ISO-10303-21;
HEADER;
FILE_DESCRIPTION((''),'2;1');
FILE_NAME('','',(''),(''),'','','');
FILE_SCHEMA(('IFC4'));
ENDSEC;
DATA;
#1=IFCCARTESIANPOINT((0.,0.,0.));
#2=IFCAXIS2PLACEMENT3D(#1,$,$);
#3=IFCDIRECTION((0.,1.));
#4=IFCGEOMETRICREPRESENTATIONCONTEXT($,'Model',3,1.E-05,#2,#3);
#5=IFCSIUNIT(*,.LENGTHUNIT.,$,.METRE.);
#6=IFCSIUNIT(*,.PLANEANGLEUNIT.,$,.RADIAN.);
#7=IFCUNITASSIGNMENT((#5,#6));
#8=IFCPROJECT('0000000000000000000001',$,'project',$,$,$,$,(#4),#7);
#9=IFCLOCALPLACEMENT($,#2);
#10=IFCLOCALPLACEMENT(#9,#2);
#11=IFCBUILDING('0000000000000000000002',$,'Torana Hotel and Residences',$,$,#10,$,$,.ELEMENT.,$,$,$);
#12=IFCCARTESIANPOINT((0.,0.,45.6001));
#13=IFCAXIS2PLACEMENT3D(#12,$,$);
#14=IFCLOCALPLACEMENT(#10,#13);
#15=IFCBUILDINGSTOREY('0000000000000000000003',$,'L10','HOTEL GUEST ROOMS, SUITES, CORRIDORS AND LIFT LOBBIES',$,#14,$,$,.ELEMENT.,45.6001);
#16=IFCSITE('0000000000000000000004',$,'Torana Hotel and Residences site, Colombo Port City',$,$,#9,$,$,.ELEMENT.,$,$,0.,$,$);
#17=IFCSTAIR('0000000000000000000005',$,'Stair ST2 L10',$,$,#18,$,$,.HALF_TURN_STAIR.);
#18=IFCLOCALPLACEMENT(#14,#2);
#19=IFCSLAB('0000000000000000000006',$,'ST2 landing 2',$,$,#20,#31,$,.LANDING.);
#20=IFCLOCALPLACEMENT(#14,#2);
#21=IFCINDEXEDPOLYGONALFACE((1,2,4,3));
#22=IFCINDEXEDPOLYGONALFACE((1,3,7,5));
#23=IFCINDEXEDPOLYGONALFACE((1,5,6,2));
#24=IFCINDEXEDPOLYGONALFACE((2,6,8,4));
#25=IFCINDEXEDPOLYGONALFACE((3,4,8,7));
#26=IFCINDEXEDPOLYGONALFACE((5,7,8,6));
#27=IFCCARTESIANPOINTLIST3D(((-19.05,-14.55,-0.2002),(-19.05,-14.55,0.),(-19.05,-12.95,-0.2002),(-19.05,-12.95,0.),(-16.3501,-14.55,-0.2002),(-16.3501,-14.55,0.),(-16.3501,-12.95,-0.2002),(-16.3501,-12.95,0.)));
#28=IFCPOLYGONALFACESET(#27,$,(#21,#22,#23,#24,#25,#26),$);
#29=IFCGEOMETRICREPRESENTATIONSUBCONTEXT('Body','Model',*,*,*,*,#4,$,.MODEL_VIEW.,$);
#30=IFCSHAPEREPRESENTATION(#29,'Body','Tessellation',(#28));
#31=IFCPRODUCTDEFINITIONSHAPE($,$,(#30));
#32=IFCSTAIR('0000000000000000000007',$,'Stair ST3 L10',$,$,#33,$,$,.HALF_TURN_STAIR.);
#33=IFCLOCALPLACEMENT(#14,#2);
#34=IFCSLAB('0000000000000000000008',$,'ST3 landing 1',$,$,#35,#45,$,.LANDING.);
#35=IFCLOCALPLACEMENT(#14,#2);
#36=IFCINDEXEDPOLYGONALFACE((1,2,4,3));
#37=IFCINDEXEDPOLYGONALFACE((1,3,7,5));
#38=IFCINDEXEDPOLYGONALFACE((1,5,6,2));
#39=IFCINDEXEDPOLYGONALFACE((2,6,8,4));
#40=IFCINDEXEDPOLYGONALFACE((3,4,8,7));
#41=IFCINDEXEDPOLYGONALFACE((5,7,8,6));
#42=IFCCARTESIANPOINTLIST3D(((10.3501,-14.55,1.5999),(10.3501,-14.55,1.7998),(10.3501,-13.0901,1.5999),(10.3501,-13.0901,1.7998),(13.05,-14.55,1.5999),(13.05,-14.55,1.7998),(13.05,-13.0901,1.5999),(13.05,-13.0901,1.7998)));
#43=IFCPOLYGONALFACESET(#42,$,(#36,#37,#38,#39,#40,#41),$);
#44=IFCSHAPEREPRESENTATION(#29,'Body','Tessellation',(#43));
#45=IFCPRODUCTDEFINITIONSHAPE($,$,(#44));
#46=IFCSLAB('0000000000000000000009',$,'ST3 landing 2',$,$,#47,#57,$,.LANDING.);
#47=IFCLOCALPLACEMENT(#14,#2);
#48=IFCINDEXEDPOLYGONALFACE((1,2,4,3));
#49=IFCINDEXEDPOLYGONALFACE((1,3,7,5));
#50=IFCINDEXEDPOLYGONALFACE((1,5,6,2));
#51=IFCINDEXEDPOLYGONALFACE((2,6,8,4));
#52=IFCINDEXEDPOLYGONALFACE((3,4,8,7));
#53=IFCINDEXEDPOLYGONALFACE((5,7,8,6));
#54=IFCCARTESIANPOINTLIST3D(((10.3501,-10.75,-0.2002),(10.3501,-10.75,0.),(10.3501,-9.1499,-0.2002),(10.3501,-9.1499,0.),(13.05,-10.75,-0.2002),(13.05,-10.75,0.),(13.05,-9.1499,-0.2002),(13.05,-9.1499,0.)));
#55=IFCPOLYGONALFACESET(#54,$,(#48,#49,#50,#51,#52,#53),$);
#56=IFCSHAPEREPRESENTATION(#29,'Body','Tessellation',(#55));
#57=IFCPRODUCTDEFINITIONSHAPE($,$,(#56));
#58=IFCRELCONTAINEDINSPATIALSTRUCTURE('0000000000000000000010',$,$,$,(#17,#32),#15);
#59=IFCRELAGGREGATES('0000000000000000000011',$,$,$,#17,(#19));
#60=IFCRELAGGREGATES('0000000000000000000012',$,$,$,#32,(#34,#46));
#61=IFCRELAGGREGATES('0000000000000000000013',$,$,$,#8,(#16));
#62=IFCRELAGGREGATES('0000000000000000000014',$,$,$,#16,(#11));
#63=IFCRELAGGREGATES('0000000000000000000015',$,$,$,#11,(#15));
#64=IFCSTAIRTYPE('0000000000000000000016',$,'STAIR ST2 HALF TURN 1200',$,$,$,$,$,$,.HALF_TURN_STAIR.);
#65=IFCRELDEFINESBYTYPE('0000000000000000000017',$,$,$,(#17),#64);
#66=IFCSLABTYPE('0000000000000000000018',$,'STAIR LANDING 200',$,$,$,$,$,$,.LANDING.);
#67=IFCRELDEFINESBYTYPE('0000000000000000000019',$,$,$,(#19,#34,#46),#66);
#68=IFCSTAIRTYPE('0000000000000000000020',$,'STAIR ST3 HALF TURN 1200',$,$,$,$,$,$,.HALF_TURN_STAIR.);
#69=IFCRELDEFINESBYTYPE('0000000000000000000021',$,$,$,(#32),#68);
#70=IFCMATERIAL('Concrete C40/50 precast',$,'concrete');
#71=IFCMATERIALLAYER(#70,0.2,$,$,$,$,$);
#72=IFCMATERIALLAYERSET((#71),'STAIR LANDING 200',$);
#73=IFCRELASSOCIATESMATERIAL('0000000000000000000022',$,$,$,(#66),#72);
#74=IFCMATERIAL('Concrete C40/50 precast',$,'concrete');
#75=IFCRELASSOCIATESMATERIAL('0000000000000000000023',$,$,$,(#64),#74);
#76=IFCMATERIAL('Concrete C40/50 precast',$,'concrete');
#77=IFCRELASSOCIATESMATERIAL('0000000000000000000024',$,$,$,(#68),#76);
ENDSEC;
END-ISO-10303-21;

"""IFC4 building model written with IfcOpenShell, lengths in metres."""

from ifc_helpers import new_model, si_unit, direction, frame, origin, place, context, subcontext, project, spatial, polyline, outline, extrude, material, layer, layer_set, type_object, element, aggregate, save


model = new_model("IFC4")

# Units and contexts
model_context = context("Model", 3, precision=1e-05, world=origin(), true_north=direction((0.0, 1.0)))
body_context = subcontext(model_context, "Body", "Model", "MODEL_VIEW")
ifc_project = project(units=[si_unit("LENGTHUNIT", "METRE"), si_unit("PLANEANGLEUNIT", "RADIAN")], contexts=[model_context])

# Site, building, storey
site_placement = place(None, origin())
site = spatial("IfcSite", under=ifc_project, at=site_placement, Name="Torana Hotel and Residences site, Colombo Port City", CompositionType="ELEMENT", RefElevation=0.0)
building_placement = place(site_placement, origin())
building = spatial("IfcBuilding", under=site, at=building_placement, Name="Torana Hotel and Residences", CompositionType="ELEMENT")
storey_placement = place(building_placement, frame((0.0, 0.0, 45.6001)))
storey = spatial("IfcBuildingStorey", under=building, at=storey_placement, Name="L10", Description="HOTEL GUEST ROOMS, SUITES, CORRIDORS AND LIFT LOBBIES", CompositionType="ELEMENT", Elevation=45.6001)

# Stairs, slabs
ifc_material_1 = material(Name="Concrete C40/50 precast", Category="concrete")
ifc_layer_1 = layer(ifc_material_1, 0.2)
ifc_layer_set_1 = layer_set([ifc_layer_1], Name="STAIR LANDING 200")
slab_type_1 = type_object("IfcSlabType", Name="STAIR LANDING 200", PredefinedType="LANDING", material=ifc_layer_set_1)
ifc_material_2 = material(Name="Concrete C40/50 precast", Category="concrete")
stair_type_1 = type_object("IfcStairType", Name="STAIR ST2 HALF TURN 1200", PredefinedType="HALF_TURN_STAIR", material=ifc_material_2)
stair_1_placement = place(storey_placement, origin())
stair_1 = element("IfcStair", 1, at=stair_1_placement, inside=storey, type_object=stair_type_1, Name="Stair ST2 L10", PredefinedType="HALF_TURN_STAIR")
slab_1_placement = place(storey_placement, frame((0.0, 0.0, -0.2002)))
slab_1 = element("IfcSlab", 2, at=slab_1_placement, type_object=slab_type_1, Name="ST2 landing 2", PredefinedType="LANDING", context=body_context, shape_type="SweptSolid", body=[
    extrude(outline(polyline([(-19.05, -14.55), (-16.3501, -14.55), (-16.3501, -12.95), (-19.05, -12.95), (-19.05, -14.55)])), origin(), (0.0, 0.0, 1.0), 0.2002),
])
aggregate(stair_1, [slab_1])
ifc_material_3 = material(Name="Concrete C40/50 precast", Category="concrete")
stair_type_2 = type_object("IfcStairType", Name="STAIR ST3 HALF TURN 1200", PredefinedType="HALF_TURN_STAIR", material=ifc_material_3)
stair_2_placement = place(storey_placement, origin())
stair_2 = element("IfcStair", 3, at=stair_2_placement, inside=storey, type_object=stair_type_2, Name="Stair ST3 L10", PredefinedType="HALF_TURN_STAIR")
slab_2_placement = place(storey_placement, frame((0.0, 0.0, 1.5999)))
slab_2 = element("IfcSlab", 4, at=slab_2_placement, type_object=slab_type_1, Name="ST3 landing 1", PredefinedType="LANDING", context=body_context, shape_type="SweptSolid", body=[
    extrude(outline(polyline([(10.3501, -14.55), (13.05, -14.55), (13.05, -13.0901), (10.3501, -13.0901), (10.3501, -14.55)])), origin(), (0.0, 0.0, 1.0), 0.2),
])
slab_3_placement = place(storey_placement, frame((0.0, 0.0, -0.2002)))
slab_3 = element("IfcSlab", 5, at=slab_3_placement, type_object=slab_type_1, Name="ST3 landing 2", PredefinedType="LANDING", context=body_context, shape_type="SweptSolid", body=[
    extrude(outline(polyline([(10.3501, -10.75), (13.05, -10.75), (13.05, -9.1499), (10.3501, -9.1499), (10.3501, -10.75)])), origin(), (0.0, 0.0, 1.0), 0.2002),
])
aggregate(stair_2, [slab_2, slab_3])

save(model, "model.ifc")
